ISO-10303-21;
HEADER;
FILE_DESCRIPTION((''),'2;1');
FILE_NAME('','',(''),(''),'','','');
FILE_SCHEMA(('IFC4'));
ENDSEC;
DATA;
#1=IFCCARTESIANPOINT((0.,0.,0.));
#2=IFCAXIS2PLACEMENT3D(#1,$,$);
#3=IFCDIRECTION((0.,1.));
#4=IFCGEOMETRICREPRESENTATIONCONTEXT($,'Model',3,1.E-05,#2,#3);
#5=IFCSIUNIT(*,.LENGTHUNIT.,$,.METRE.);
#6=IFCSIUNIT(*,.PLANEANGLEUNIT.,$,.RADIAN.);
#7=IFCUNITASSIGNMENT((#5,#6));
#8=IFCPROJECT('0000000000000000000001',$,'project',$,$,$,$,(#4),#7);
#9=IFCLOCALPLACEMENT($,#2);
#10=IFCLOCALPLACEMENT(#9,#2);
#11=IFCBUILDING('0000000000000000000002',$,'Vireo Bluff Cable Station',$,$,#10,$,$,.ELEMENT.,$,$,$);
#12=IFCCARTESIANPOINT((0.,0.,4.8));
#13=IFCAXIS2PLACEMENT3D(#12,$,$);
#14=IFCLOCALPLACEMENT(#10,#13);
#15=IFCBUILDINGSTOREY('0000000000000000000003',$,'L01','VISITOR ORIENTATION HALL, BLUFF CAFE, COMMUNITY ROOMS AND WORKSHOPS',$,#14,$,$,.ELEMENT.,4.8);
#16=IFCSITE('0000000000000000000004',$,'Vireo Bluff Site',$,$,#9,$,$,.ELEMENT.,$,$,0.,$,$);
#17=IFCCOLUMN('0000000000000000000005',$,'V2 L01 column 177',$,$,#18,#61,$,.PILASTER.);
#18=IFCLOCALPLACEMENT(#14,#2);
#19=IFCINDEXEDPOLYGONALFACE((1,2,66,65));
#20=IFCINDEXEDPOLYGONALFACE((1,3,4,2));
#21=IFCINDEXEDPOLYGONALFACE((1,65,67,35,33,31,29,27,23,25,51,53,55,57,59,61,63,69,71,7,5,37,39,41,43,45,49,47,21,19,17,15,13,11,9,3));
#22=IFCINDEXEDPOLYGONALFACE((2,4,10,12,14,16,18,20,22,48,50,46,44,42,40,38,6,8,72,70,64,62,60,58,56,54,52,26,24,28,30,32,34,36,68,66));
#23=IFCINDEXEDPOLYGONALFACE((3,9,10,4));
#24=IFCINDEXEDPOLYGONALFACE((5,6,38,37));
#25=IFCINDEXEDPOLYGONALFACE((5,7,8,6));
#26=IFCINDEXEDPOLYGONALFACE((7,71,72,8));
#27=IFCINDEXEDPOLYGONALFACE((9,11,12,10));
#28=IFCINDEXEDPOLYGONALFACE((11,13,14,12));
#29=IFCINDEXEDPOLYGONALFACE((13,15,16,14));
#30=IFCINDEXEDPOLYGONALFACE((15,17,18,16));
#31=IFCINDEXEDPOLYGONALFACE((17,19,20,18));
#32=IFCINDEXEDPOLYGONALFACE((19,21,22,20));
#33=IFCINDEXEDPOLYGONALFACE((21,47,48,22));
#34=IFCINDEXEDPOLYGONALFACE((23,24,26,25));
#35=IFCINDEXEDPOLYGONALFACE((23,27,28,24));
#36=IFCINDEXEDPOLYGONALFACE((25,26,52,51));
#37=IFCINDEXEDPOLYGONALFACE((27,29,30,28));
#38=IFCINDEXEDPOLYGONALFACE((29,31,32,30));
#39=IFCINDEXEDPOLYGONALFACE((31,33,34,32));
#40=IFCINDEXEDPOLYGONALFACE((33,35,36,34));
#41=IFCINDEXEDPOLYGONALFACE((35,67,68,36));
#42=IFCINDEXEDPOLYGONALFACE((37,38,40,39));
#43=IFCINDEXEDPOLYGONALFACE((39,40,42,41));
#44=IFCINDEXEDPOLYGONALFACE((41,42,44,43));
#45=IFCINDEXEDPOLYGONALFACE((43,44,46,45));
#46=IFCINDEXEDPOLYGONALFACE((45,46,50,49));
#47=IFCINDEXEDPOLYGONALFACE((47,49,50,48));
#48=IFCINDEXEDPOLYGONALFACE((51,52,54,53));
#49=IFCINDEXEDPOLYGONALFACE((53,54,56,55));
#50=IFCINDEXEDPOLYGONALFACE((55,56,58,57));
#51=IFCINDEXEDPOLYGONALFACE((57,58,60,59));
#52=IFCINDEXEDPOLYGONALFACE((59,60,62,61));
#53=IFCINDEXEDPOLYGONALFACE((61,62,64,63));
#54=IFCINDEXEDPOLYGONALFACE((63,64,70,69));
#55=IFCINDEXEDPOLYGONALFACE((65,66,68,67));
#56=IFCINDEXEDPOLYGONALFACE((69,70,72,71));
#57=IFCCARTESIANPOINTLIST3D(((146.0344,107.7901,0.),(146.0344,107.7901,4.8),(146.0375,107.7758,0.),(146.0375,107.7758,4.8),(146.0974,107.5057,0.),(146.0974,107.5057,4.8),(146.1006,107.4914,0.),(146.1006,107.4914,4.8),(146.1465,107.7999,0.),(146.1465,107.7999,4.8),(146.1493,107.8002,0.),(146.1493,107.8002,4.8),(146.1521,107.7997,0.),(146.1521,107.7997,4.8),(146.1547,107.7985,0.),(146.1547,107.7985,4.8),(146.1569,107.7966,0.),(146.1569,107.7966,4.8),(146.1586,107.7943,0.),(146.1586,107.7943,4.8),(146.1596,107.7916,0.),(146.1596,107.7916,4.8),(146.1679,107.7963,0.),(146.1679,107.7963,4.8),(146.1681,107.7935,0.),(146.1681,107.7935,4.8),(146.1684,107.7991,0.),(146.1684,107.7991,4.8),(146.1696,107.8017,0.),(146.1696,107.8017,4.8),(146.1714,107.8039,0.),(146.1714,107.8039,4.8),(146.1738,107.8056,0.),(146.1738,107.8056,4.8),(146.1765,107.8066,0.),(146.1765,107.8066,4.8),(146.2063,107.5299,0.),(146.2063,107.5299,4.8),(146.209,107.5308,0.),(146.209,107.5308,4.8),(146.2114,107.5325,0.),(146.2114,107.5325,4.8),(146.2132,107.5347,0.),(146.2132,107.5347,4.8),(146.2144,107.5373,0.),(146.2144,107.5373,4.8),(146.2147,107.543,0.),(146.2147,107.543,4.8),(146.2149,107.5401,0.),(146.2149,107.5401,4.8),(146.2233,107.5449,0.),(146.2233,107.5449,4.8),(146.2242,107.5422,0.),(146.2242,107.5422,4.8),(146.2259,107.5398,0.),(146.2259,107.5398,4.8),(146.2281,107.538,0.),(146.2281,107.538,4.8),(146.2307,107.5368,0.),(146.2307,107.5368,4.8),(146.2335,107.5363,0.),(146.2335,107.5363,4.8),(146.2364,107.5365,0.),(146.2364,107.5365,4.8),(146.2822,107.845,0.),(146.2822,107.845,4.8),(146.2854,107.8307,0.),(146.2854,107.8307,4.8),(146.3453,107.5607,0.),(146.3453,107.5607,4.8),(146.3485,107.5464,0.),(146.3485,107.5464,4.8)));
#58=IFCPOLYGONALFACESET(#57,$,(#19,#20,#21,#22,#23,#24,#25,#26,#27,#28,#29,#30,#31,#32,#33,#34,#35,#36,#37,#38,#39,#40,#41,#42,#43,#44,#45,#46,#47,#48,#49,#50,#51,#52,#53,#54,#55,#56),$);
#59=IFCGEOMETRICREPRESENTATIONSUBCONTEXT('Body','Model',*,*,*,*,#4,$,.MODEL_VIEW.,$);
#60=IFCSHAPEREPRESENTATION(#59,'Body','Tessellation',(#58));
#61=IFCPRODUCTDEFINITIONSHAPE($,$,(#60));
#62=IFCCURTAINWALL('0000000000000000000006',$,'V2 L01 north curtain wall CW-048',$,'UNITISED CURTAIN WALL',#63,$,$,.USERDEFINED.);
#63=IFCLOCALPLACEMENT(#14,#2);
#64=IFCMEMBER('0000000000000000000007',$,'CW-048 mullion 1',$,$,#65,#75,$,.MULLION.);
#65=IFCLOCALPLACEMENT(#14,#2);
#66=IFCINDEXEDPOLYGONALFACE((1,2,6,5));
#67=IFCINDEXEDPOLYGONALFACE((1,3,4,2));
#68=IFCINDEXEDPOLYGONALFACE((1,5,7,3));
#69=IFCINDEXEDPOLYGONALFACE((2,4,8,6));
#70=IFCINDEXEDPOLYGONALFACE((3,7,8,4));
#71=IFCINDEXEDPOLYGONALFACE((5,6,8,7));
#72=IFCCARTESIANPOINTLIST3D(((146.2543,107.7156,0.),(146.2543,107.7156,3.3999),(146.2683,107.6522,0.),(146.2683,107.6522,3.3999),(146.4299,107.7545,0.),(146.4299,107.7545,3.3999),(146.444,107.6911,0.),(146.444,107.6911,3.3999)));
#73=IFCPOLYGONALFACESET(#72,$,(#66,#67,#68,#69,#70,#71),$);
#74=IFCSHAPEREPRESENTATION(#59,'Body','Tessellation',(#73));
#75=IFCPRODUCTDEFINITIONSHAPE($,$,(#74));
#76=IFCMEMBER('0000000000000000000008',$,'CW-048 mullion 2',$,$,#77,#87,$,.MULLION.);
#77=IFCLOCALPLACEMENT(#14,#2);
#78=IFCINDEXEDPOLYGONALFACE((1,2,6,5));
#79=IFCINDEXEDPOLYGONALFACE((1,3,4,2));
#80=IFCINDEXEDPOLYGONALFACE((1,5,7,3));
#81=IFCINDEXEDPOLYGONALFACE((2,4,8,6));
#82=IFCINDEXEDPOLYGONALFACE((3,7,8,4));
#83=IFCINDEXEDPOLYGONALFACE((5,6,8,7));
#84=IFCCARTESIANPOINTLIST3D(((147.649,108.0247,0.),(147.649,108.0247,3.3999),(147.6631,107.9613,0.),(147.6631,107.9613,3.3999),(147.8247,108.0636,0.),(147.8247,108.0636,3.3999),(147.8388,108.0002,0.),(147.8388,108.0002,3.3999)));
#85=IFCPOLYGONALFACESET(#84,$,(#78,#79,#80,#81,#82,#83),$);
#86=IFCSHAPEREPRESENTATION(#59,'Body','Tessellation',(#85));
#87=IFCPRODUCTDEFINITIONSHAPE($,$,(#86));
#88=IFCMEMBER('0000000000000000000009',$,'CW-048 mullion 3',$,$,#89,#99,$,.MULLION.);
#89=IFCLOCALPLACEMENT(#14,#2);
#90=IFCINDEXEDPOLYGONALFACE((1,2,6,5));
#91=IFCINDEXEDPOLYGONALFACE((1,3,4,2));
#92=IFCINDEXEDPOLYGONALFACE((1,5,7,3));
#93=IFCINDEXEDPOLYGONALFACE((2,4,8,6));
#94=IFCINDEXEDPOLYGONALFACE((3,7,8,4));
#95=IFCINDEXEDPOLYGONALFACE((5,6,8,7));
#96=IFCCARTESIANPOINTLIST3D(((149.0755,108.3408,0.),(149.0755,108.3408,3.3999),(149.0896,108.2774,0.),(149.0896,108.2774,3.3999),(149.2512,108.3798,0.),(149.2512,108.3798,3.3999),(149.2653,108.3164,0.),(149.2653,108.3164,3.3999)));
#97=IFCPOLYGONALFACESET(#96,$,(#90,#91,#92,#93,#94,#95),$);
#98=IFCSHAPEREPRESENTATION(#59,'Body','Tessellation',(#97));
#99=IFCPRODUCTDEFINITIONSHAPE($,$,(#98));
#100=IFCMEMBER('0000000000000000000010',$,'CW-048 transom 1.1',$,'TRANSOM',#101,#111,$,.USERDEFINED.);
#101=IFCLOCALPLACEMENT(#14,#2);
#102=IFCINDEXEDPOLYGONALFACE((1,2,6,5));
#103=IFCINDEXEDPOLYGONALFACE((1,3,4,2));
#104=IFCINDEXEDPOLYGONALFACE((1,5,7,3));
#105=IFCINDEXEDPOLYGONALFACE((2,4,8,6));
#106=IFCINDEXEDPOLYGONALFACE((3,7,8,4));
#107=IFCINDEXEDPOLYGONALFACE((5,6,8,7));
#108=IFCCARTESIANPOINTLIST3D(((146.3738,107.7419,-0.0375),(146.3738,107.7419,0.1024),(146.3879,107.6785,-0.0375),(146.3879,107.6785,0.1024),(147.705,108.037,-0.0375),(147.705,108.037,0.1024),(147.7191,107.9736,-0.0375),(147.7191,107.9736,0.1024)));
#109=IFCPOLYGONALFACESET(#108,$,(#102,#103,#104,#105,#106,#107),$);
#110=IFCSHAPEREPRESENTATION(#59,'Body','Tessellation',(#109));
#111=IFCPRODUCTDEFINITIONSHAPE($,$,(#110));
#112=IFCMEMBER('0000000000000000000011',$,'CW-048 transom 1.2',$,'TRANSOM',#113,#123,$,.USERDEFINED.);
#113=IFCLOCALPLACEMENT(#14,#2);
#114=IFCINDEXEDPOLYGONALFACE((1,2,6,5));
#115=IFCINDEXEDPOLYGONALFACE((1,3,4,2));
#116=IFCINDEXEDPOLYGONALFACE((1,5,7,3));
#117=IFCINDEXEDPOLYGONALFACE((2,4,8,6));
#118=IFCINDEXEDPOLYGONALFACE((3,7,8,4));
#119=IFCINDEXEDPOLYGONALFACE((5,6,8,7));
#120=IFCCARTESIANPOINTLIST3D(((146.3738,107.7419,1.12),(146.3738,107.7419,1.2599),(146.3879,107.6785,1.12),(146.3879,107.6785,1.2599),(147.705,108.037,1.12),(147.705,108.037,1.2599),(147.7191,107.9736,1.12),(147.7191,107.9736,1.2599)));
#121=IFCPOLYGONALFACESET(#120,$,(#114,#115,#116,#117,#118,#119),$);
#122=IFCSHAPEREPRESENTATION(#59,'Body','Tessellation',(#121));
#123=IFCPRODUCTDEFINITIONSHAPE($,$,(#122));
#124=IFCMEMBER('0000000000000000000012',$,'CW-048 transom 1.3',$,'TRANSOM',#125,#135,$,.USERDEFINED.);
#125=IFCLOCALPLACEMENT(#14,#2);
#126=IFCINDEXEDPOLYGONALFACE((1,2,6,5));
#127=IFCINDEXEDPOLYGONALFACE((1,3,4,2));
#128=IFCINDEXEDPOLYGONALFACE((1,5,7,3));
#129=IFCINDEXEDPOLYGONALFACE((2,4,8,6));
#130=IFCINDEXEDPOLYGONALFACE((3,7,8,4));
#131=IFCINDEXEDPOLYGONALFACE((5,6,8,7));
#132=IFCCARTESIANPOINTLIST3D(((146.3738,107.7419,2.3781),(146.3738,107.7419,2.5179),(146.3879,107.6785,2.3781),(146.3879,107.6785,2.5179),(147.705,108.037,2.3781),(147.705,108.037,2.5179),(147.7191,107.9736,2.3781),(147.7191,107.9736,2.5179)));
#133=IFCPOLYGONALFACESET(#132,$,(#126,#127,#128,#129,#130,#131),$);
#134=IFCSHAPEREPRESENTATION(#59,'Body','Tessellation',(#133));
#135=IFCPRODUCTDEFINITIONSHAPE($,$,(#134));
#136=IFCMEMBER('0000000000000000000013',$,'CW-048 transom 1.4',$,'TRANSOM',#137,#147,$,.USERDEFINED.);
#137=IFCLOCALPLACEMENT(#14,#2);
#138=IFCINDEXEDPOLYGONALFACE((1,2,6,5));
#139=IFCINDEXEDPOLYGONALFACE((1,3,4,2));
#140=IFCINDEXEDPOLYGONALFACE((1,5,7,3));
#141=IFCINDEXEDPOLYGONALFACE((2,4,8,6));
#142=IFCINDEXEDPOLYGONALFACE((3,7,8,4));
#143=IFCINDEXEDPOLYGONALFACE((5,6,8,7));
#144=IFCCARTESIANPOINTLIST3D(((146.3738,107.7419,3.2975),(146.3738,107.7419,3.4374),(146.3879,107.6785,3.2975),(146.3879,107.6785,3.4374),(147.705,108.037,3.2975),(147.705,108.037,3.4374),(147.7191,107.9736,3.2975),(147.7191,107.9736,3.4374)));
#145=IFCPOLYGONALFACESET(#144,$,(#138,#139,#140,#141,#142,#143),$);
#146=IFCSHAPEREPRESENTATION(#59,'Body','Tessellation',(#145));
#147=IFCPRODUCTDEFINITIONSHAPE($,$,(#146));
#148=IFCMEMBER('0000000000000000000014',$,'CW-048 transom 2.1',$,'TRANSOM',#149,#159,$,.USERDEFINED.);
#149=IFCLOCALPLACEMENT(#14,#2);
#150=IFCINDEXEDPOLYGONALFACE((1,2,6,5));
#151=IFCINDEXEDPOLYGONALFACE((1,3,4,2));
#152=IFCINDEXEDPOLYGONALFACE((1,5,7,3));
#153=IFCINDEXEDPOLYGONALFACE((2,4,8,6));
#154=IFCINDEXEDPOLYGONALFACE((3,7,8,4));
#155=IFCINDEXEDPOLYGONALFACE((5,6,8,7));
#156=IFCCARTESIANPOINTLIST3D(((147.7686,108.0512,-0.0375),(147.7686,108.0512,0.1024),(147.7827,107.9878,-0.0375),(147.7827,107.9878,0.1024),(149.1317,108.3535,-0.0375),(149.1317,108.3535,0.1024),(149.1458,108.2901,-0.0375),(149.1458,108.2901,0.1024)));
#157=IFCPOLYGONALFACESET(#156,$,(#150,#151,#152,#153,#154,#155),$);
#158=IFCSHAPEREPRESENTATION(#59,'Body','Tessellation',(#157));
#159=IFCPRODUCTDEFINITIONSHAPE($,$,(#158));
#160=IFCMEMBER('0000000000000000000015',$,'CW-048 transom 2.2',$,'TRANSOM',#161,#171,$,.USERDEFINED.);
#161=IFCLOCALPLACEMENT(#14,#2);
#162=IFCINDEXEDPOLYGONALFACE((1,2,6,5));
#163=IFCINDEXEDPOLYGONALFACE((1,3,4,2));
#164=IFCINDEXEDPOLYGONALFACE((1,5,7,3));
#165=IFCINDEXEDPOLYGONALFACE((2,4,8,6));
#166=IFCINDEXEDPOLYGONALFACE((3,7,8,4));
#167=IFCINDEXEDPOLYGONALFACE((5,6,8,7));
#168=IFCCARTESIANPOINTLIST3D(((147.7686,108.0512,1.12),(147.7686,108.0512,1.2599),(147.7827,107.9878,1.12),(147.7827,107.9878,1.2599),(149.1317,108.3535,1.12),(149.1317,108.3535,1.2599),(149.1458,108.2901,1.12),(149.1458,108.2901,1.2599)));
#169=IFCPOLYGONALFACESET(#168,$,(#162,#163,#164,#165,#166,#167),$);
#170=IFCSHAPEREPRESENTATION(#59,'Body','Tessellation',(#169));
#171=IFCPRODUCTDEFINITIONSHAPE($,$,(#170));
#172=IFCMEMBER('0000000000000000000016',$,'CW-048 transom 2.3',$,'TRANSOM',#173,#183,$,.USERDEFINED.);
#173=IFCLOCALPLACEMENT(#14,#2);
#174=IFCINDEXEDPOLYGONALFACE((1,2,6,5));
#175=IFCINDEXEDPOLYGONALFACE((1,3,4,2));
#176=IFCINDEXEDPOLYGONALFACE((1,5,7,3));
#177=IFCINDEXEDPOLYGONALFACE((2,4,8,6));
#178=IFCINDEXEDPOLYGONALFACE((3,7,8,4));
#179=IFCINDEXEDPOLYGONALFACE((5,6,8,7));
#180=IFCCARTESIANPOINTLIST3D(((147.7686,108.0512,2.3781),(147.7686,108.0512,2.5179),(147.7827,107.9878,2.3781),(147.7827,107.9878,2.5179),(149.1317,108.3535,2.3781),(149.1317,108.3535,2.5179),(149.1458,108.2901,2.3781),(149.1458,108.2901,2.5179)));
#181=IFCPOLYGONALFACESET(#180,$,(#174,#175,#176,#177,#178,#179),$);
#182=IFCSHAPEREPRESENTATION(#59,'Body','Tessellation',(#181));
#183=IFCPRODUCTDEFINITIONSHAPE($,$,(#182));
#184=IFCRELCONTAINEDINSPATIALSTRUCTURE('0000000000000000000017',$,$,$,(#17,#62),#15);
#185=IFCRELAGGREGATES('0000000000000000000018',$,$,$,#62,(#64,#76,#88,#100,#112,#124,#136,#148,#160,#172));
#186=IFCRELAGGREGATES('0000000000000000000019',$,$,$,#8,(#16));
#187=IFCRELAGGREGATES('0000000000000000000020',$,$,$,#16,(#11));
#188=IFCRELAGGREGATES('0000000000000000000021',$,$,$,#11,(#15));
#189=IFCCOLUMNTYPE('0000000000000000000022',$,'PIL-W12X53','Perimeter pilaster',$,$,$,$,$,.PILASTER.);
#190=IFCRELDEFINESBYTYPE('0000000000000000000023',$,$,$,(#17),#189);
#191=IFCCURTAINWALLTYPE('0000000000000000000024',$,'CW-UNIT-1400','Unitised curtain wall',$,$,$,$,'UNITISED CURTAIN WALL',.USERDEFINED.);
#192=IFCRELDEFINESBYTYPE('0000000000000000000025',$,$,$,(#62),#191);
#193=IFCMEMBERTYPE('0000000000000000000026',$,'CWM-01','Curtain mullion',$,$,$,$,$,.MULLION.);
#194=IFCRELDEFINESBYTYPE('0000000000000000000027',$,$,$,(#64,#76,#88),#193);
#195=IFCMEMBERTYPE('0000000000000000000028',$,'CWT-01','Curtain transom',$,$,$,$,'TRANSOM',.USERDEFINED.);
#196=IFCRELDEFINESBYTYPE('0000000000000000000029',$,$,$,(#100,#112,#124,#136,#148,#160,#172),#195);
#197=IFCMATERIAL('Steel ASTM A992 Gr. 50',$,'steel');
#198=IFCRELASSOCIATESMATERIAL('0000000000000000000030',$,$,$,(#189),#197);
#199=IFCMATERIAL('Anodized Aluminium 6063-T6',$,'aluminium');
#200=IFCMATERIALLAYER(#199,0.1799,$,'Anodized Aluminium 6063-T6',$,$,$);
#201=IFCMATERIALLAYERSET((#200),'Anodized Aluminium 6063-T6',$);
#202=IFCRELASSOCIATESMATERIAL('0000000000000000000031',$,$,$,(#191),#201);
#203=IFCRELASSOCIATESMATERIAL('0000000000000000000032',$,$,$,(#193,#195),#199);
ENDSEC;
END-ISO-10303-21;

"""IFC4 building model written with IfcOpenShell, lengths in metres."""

from ifc_helpers import new_model, si_unit, direction, frame, origin, origin_2d, place, context, subcontext, project, spatial, rectangle, i_section, extrude, material, layer, layer_set, material_profile, profile_set, type_object, element, aggregate, save


model = new_model("IFC4")

# Units and contexts
model_context = context("Model", 3, precision=1e-05, world=origin(), true_north=direction((0.0, 1.0)))
body_context = subcontext(model_context, "Body", "Model", "MODEL_VIEW")
ifc_project = project(units=[si_unit("LENGTHUNIT", "METRE"), si_unit("PLANEANGLEUNIT", "RADIAN")], contexts=[model_context])

# Site, building, storey
site_placement = place(None, origin())
site = spatial("IfcSite", under=ifc_project, at=site_placement, Name="Vireo Bluff Site", CompositionType="ELEMENT", RefElevation=0.0)
building_placement = place(site_placement, origin())
building = spatial("IfcBuilding", under=site, at=building_placement, Name="Vireo Bluff Cable Station", CompositionType="ELEMENT")
storey_placement = place(building_placement, frame((0.0, 0.0, 4.8)))
storey = spatial("IfcBuildingStorey", under=building, at=storey_placement, Name="L01", Description="VISITOR ORIENTATION HALL, BLUFF CAFE, COMMUNITY ROOMS AND WORKSHOPS", CompositionType="ELEMENT", Elevation=4.8)

# Column
ifc_material_1 = material(Name="Steel ASTM A992 Gr. 50", Category="steel")
ifc_material_profile_1 = material_profile(ifc_material_1, i_section(OverallWidth=0.2539, OverallDepth=0.3059, WebThickness=0.0088, FlangeThickness=0.0146, FilletRadius=0.011, at=origin_2d()), Name="W12X53")
ifc_profile_set_1 = profile_set([ifc_material_profile_1], Name="Steel ASTM A992 Gr. 50")
column_type = type_object("IfcColumnType", Name="PIL-W12X53", Description="Perimeter pilaster", PredefinedType="PILASTER", material=ifc_profile_set_1)
column_placement = place(storey_placement, frame((146.1914, 107.6682, 0.0), z_axis=(0.0, 0.0, 1.0), x_axis=(0.976296, 0.21644, 0.0)))
element("IfcColumn", 1, at=column_placement, inside=storey, type_object=column_type, Name="V2 L01 column 177", PredefinedType="PILASTER", context=body_context, shape_type="SweptSolid", body=[
    extrude(i_section(OverallWidth=0.2539, OverallDepth=0.3059, WebThickness=0.0088, FlangeThickness=0.0146, FilletRadius=0.011, at=origin_2d()), origin(), (0.0, 0.0, 1.0), 4.8),
])

# Curtain wall, members
ifc_material_2 = material(Name="Anodized Aluminium 6063-T6", Category="aluminium")
ifc_layer_1 = layer(ifc_material_2, 0.1799, Name="Anodized Aluminium 6063-T6")
ifc_layer_set_1 = layer_set([ifc_layer_1], Name="Anodized Aluminium 6063-T6")
curtain_wall_type = type_object("IfcCurtainWallType", Name="CW-UNIT-1400", Description="Unitised curtain wall", ElementType="UNITISED CURTAIN WALL", PredefinedType="USERDEFINED", material=ifc_layer_set_1)
curtain_wall_placement = place(storey_placement, origin())
curtain_wall = element("IfcCurtainWall", 2, at=curtain_wall_placement, inside=storey, type_object=curtain_wall_type, Name="V2 L01 north curtain wall CW-048", ObjectType="UNITISED CURTAIN WALL", PredefinedType="USERDEFINED")
ifc_material_profile_2 = material_profile(ifc_material_2, rectangle(XDim=0.0649, YDim=0.1799, at=origin_2d()), Name="ALU-M-65X180")
ifc_profile_set_2 = profile_set([ifc_material_profile_2], Name="Anodized Aluminium 6063-T6")
member_type_1 = type_object("IfcMemberType", Name="CWM-01", Description="Curtain mullion", PredefinedType="MULLION", material=ifc_profile_set_2)
member_1_placement = place(storey_placement, frame((146.3491, 107.7034, 0.0), z_axis=(0.0, 0.0, 1.0), x_axis=(-0.21644, 0.976296, 0.0)))
member_1 = element("IfcMember", 3, at=member_1_placement, type_object=member_type_1, Name="CW-048 mullion 1", PredefinedType="MULLION", context=body_context, shape_type="SweptSolid", body=[
    extrude(rectangle(XDim=0.0649, YDim=0.1799, at=origin_2d()), origin(), (0.0, 0.0, 1.0), 3.3999),
])
member_2_placement = place(storey_placement, frame((147.7439, 108.0125, 0.0), z_axis=(0.0, 0.0, 1.0), x_axis=(-0.21644, 0.976296, 0.0)))
member_2 = element("IfcMember", 4, at=member_2_placement, type_object=member_type_1, Name="CW-048 mullion 2", PredefinedType="MULLION", context=body_context, shape_type="SweptSolid", body=[
    extrude(rectangle(XDim=0.0649, YDim=0.1799, at=origin_2d()), origin(), (0.0, 0.0, 1.0), 3.3999),
])
member_3_placement = place(storey_placement, frame((149.1704, 108.3286, 0.0), z_axis=(0.0, 0.0, 1.0), x_axis=(-0.21644, 0.976296, 0.0)))
member_3 = element("IfcMember", 5, at=member_3_placement, type_object=member_type_1, Name="CW-048 mullion 3", PredefinedType="MULLION", context=body_context, shape_type="SweptSolid", body=[
    extrude(rectangle(XDim=0.0649, YDim=0.1799, at=origin_2d()), origin(), (0.0, 0.0, 1.0), 3.3999),
])
ifc_material_profile_3 = material_profile(ifc_material_2, rectangle(XDim=0.0649, YDim=0.1399, at=origin_2d()), Name="ALU-T-65X140")
ifc_profile_set_3 = profile_set([ifc_material_profile_3], Name="Anodized Aluminium 6063-T6")
member_type_2 = type_object("IfcMemberType", Name="CWT-01", Description="Curtain transom", ElementType="TRANSOM", PredefinedType="USERDEFINED", material=ifc_profile_set_3)
member_4_placement = place(storey_placement, frame((146.3809, 107.7102, 0.0325), z_axis=(0.976292, 0.216457, 0.0), x_axis=(-0.216457, 0.976292, 0.0)))
member_4 = element("IfcMember", 6, at=member_4_placement, type_object=member_type_2, Name="CW-048 transom 1.1", ObjectType="TRANSOM", PredefinedType="USERDEFINED", context=body_context, shape_type="SweptSolid", body=[
    extrude(rectangle(XDim=0.0649, YDim=0.1399, at=origin_2d()), origin(), (0.0, 0.0, 1.0), 1.3635),
])
member_5_placement = place(storey_placement, frame((146.3809, 107.7102, 1.1899), z_axis=(0.976292, 0.216457, 0.0), x_axis=(-0.216457, 0.976292, 0.0)))
member_5 = element("IfcMember", 7, at=member_5_placement, type_object=member_type_2, Name="CW-048 transom 1.2", ObjectType="TRANSOM", PredefinedType="USERDEFINED", context=body_context, shape_type="SweptSolid", body=[
    extrude(rectangle(XDim=0.0649, YDim=0.1399, at=origin_2d()), origin(), (0.0, 0.0, 1.0), 1.3635),
])
member_6_placement = place(storey_placement, frame((146.3809, 107.7102, 2.448), z_axis=(0.976292, 0.216457, 0.0), x_axis=(-0.216457, 0.976292, 0.0)))
member_6 = element("IfcMember", 8, at=member_6_placement, type_object=member_type_2, Name="CW-048 transom 1.3", ObjectType="TRANSOM", PredefinedType="USERDEFINED", context=body_context, shape_type="SweptSolid", body=[
    extrude(rectangle(XDim=0.0649, YDim=0.1399, at=origin_2d()), origin(), (0.0, 0.0, 1.0), 1.3635),
])
member_7_placement = place(storey_placement, frame((146.3809, 107.7102, 3.3674), z_axis=(0.976292, 0.216457, 0.0), x_axis=(-0.216457, 0.976292, 0.0)))
member_7 = element("IfcMember", 9, at=member_7_placement, type_object=member_type_2, Name="CW-048 transom 1.4", ObjectType="TRANSOM", PredefinedType="USERDEFINED", context=body_context, shape_type="SweptSolid", body=[
    extrude(rectangle(XDim=0.0649, YDim=0.1399, at=origin_2d()), origin(), (0.0, 0.0, 1.0), 1.3635),
])
member_8_placement = place(storey_placement, frame((147.7756, 108.0195, 0.0325), z_axis=(0.976286, 0.216486, 0.0), x_axis=(-0.216486, 0.976286, 0.0)))
member_8 = element("IfcMember", 10, at=member_8_placement, type_object=member_type_2, Name="CW-048 transom 2.1", ObjectType="TRANSOM", PredefinedType="USERDEFINED", context=body_context, shape_type="SweptSolid", body=[
    extrude(rectangle(XDim=0.0649, YDim=0.1399, at=origin_2d()), origin(), (0.0, 0.0, 1.0), 1.3962),
])
member_9_placement = place(storey_placement, frame((147.7756, 108.0195, 1.1899), z_axis=(0.976286, 0.216486, 0.0), x_axis=(-0.216486, 0.976286, 0.0)))
member_9 = element("IfcMember", 11, at=member_9_placement, type_object=member_type_2, Name="CW-048 transom 2.2", ObjectType="TRANSOM", PredefinedType="USERDEFINED", context=body_context, shape_type="SweptSolid", body=[
    extrude(rectangle(XDim=0.0649, YDim=0.1399, at=origin_2d()), origin(), (0.0, 0.0, 1.0), 1.3962),
])
member_10_placement = place(storey_placement, frame((147.7756, 108.0195, 2.448), z_axis=(0.976286, 0.216486, 0.0), x_axis=(-0.216486, 0.976286, 0.0)))
member_10 = element("IfcMember", 12, at=member_10_placement, type_object=member_type_2, Name="CW-048 transom 2.3", ObjectType="TRANSOM", PredefinedType="USERDEFINED", context=body_context, shape_type="SweptSolid", body=[
    extrude(rectangle(XDim=0.0649, YDim=0.1399, at=origin_2d()), origin(), (0.0, 0.0, 1.0), 1.3962),
])

aggregate(curtain_wall, [member_1, member_2, member_3, member_4, member_5, member_6, member_7, member_8, member_9, member_10])

save(model, "model.ifc")
